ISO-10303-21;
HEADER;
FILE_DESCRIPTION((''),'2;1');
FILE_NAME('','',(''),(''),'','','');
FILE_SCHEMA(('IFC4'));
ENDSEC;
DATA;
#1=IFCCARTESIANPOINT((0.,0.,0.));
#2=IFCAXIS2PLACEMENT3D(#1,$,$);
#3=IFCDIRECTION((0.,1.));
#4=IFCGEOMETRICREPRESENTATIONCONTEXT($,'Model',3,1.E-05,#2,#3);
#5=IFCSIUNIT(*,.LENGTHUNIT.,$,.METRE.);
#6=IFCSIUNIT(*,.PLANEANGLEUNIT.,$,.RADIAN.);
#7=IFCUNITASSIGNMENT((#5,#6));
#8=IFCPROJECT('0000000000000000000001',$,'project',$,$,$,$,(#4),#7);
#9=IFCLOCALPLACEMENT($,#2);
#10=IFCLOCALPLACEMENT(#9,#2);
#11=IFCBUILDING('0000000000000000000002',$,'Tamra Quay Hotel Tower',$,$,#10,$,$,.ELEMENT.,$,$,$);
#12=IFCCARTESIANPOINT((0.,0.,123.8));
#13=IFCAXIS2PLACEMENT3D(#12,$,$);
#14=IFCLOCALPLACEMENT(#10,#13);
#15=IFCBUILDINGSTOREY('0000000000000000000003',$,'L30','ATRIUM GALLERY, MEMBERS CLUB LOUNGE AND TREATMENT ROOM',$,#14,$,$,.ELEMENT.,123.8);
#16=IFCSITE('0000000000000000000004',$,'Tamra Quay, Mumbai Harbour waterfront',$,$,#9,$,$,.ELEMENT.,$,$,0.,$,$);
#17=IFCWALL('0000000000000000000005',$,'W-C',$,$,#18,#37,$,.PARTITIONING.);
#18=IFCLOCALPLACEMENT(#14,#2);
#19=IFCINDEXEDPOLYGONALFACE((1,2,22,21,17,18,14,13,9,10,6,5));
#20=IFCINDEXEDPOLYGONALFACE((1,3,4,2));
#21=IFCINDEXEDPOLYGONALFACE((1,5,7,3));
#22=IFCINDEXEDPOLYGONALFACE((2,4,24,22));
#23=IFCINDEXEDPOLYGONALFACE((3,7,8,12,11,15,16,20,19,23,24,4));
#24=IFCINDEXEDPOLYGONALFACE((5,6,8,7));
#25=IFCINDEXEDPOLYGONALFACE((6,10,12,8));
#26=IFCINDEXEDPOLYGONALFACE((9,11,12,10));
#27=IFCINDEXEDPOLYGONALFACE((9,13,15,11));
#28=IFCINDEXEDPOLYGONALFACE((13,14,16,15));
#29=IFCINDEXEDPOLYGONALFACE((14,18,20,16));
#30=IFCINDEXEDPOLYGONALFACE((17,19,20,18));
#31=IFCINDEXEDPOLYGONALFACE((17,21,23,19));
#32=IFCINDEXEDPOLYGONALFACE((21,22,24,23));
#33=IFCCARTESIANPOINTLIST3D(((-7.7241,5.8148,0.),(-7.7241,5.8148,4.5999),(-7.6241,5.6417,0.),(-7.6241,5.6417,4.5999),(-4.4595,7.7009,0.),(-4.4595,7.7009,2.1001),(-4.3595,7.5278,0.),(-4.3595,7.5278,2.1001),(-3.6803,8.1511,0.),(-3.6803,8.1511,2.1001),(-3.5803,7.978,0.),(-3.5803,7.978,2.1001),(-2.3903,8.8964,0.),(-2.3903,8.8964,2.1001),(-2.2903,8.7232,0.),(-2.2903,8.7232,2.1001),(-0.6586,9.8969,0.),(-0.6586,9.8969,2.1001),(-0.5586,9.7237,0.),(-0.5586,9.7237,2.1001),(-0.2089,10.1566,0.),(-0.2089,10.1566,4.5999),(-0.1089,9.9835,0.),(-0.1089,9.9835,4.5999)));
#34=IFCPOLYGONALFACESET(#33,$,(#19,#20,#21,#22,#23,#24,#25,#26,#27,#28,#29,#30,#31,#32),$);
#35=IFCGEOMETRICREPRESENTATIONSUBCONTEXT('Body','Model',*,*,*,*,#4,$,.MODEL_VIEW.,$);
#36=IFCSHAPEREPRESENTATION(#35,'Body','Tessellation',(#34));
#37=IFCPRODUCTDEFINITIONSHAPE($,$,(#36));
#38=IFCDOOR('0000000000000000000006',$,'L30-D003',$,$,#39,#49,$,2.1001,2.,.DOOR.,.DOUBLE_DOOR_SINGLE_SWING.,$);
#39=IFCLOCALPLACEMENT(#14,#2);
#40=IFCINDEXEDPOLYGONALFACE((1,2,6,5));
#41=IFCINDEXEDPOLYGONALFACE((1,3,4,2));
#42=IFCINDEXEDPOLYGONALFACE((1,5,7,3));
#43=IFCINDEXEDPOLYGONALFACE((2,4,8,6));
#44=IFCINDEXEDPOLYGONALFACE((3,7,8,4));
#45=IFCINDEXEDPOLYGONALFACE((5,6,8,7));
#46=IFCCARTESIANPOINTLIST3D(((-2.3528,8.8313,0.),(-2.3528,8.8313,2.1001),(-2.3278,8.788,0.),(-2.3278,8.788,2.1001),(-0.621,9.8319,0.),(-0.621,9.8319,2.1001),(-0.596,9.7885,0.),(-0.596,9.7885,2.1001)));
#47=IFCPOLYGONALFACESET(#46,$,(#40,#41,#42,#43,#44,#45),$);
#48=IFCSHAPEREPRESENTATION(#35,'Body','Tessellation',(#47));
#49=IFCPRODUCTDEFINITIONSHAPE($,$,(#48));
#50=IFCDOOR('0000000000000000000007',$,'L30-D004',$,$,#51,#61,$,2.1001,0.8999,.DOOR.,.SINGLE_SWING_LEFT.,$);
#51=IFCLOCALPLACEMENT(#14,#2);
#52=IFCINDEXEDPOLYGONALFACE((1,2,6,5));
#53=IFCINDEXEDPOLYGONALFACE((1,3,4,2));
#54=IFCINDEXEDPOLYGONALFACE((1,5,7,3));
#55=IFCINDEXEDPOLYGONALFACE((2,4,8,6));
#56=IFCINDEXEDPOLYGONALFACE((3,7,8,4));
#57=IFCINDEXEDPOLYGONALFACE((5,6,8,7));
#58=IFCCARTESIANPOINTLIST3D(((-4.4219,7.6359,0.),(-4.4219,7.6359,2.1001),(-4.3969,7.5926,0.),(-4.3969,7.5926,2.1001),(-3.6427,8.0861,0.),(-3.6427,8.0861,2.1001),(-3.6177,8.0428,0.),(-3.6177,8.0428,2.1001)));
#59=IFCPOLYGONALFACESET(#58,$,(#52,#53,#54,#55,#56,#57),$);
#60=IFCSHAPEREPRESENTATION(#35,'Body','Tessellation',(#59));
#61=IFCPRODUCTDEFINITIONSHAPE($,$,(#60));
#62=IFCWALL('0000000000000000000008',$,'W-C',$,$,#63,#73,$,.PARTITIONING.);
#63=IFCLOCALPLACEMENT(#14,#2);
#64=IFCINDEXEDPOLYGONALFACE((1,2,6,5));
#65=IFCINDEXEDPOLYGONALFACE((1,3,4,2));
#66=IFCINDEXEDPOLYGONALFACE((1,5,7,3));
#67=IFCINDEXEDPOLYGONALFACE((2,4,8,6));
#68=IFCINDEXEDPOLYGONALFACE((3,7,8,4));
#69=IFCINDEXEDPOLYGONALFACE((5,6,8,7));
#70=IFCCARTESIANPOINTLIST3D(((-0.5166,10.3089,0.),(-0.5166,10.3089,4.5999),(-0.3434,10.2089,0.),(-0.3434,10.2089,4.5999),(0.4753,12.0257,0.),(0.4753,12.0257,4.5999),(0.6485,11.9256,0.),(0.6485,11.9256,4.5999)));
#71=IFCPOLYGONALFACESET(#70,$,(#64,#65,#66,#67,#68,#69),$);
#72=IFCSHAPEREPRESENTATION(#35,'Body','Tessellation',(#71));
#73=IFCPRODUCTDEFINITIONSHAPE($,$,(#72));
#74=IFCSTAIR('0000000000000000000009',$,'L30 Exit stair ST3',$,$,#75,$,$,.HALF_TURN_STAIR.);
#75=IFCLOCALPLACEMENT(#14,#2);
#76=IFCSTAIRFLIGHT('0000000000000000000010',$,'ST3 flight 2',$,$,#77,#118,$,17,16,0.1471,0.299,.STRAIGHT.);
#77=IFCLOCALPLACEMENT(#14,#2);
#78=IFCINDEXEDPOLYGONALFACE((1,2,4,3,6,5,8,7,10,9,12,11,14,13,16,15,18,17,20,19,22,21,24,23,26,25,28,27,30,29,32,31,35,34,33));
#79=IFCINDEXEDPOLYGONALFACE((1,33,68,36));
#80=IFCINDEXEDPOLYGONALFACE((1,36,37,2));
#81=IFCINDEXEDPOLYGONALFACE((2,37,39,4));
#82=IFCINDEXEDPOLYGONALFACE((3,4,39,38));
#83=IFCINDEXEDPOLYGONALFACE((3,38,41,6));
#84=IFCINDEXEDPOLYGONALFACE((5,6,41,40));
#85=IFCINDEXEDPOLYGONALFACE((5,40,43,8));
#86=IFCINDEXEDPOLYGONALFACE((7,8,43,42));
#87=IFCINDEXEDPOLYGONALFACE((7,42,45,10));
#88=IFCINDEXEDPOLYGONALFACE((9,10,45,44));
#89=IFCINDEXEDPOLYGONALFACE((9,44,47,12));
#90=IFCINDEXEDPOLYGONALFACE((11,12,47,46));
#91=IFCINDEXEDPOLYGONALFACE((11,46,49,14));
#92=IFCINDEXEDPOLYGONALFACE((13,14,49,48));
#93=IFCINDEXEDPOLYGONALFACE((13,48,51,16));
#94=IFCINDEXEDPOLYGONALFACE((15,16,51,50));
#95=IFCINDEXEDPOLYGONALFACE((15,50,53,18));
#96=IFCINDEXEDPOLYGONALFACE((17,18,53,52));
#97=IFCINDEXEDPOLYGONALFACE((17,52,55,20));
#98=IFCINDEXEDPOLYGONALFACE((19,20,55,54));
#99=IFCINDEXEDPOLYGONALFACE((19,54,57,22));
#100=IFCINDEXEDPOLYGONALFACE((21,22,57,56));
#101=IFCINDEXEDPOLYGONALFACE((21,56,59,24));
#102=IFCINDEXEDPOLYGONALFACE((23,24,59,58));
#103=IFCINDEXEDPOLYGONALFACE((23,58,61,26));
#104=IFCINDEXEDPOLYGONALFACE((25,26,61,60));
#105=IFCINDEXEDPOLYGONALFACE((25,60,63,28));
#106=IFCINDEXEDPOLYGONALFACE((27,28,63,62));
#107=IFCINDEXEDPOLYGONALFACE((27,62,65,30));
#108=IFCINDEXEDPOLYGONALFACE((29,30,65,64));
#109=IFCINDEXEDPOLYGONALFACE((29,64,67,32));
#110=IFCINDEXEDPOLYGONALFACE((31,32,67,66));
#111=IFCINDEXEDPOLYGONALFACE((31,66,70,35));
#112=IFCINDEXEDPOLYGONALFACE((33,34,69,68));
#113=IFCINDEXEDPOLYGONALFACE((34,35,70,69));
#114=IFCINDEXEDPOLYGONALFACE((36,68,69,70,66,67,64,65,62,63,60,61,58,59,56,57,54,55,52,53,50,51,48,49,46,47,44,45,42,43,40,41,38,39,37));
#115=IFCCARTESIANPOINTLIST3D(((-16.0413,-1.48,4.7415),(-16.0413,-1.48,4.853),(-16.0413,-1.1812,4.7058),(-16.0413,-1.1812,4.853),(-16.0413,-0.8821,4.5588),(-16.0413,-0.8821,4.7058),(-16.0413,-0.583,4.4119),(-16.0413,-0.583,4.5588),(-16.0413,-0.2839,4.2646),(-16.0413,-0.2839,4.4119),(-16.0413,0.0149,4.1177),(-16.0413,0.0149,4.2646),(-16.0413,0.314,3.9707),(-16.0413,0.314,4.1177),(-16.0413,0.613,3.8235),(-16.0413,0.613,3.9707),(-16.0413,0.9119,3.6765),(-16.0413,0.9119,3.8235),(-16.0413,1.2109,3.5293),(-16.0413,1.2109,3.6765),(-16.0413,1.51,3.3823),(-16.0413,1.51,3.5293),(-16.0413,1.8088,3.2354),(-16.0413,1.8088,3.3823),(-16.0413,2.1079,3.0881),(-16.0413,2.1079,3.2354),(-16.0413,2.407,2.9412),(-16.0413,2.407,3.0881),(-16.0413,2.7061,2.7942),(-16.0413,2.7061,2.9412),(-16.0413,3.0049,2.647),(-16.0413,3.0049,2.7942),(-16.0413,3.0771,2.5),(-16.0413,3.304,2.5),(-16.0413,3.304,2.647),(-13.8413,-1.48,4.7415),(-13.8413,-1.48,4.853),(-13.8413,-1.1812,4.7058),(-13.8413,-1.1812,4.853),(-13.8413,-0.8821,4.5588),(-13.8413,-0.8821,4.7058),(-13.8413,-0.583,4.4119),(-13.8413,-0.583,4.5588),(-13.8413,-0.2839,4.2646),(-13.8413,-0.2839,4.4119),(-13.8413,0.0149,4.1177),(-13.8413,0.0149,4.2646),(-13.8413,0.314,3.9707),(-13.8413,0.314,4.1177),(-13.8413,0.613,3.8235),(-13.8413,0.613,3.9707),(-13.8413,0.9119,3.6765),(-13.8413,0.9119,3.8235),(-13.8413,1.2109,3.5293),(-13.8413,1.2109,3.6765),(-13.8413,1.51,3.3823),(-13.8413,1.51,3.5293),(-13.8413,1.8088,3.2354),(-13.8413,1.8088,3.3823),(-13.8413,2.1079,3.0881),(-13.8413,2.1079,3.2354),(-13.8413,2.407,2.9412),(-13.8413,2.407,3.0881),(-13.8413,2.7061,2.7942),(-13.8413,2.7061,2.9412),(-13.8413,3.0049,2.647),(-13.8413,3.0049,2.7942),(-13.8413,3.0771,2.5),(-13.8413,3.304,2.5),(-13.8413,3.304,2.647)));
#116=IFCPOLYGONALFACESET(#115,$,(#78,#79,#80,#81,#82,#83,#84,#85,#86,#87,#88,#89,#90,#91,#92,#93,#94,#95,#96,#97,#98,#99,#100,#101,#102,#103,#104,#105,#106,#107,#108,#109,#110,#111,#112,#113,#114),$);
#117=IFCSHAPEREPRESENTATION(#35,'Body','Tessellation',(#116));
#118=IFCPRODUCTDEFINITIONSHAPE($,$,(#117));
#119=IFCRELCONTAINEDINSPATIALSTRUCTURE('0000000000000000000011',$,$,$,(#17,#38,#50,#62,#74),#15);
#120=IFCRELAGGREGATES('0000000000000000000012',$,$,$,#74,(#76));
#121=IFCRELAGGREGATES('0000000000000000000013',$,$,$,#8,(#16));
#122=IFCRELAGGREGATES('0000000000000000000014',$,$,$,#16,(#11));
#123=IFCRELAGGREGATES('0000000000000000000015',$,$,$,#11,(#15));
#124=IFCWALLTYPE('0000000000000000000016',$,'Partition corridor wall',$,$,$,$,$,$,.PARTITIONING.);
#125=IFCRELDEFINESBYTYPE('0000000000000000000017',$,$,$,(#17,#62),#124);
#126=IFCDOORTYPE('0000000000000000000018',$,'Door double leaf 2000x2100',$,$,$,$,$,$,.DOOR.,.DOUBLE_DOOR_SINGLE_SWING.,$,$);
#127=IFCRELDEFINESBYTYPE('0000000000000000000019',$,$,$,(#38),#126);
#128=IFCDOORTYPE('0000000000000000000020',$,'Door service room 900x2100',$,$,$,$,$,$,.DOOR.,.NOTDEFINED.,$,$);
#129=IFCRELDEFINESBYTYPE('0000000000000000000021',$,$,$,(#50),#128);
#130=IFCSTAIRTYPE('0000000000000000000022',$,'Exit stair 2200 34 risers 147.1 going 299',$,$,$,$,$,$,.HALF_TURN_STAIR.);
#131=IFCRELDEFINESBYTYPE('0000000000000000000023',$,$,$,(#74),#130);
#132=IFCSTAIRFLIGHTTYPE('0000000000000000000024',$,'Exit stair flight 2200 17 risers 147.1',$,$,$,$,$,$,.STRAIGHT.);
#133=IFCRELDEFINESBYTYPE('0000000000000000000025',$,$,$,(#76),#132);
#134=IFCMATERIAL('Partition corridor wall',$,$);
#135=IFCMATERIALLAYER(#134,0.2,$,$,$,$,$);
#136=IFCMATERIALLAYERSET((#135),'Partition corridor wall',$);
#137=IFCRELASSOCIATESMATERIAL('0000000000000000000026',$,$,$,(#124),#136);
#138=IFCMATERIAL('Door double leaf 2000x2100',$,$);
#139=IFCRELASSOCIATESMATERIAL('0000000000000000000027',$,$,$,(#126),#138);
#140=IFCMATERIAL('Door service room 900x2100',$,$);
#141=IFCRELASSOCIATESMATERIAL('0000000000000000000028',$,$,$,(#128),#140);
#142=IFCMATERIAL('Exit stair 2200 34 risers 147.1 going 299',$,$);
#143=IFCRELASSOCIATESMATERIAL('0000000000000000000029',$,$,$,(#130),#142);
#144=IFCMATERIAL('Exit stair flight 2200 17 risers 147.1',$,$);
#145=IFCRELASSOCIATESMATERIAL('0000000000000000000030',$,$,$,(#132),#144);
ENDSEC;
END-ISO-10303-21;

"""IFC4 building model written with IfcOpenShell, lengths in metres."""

from ifc_helpers import new_model, si_unit, direction, frame, frame_2d, origin, place, context, subcontext, project, spatial, polyline, rectangle, outline, extrude, material, layer, layer_set, type_object, element, fill, aggregate, save


model = new_model("IFC4")

# Units and contexts
model_context = context("Model", 3, precision=1e-05, world=origin(), true_north=direction((0.0, 1.0)))
body_context = subcontext(model_context, "Body", "Model", "MODEL_VIEW")
ifc_project = project(units=[si_unit("LENGTHUNIT", "METRE"), si_unit("PLANEANGLEUNIT", "RADIAN")], contexts=[model_context])

# Site, building, storey
site_placement = place(None, origin())
site = spatial("IfcSite", under=ifc_project, at=site_placement, Name="Tamra Quay, Mumbai Harbour waterfront", CompositionType="ELEMENT", RefElevation=0.0)
building_placement = place(site_placement, origin())
building = spatial("IfcBuilding", under=site, at=building_placement, Name="Tamra Quay Hotel Tower", CompositionType="ELEMENT")
storey_placement = place(building_placement, frame((0.0, 0.0, 123.8)))
storey = spatial("IfcBuildingStorey", under=building, at=storey_placement, Name="L30", Description="ATRIUM GALLERY, MEMBERS CLUB LOUNGE AND TREATMENT ROOM", CompositionType="ELEMENT", Elevation=123.8)

# Shared definitions
ifc_material_1 = material(Name="Partition corridor wall")
ifc_layer_1 = layer(ifc_material_1, 0.2)
ifc_layer_set_1 = layer_set([ifc_layer_1], Name="Partition corridor wall")
wall_type_1 = type_object("IfcWallType", Name="Partition corridor wall", PredefinedType="PARTITIONING", material=ifc_layer_set_1)

# Wall, openings, doors
wall_1_placement = place(storey_placement, frame((-7.6741, 5.7283, 0.0), z_axis=(0.0, 0.0, 1.0), x_axis=(0.865879, 0.500253, 0.0)))
wall_1 = element("IfcWall", 1, at=wall_1_placement, inside=storey, type_object=wall_type_1, Name="W-C", PredefinedType="PARTITIONING", context=body_context, shape_type="SweptSolid", body=[
    extrude(rectangle(XDim=8.6792, YDim=0.2, at=frame_2d((4.3396, 0.0))), origin(), (0.0, 0.0, 1.0), 4.5999),
])
opening_1_placement = place(wall_1_placement, frame((6.1599, 0.0, 0.0)))
opening_1 = element("IfcOpeningElement", 2, at=opening_1_placement, cuts=wall_1, PredefinedType="OPENING", context=body_context, shape_type="SweptSolid", body=[
    extrude(rectangle(XDim=2.0, YDim=2.1001, at=frame_2d((1.0, 1.05))), frame((0.0, 0.1099, 0.0), z_axis=(0.0, -1.0, 0.0), x_axis=(1.0, 0.0, 0.0)), (0.0, 0.0, 1.0), 0.22),
])
opening_2_placement = place(wall_1_placement, frame((3.7703, 0.0, 0.0)))
opening_2 = element("IfcOpeningElement", 3, at=opening_2_placement, cuts=wall_1, PredefinedType="OPENING", context=body_context, shape_type="SweptSolid", body=[
    extrude(rectangle(XDim=0.8999, YDim=2.1001, at=frame_2d((0.45, 1.05))), frame((0.0, 0.1099, 0.0), z_axis=(0.0, -1.0, 0.0), x_axis=(1.0, 0.0, 0.0)), (0.0, 0.0, 1.0), 0.22),
])
ifc_material_2 = material(Name="Door double leaf 2000x2100")
door_type_1 = type_object("IfcDoorType", Name="Door double leaf 2000x2100", OperationType="DOUBLE_DOOR_SINGLE_SWING", PredefinedType="DOOR", material=ifc_material_2)
door_1_placement = place(opening_1_placement, origin())
door_1 = element("IfcDoor", 4, at=door_1_placement, inside=storey, type_object=door_type_1, Name="L30-D003", OperationType="DOUBLE_DOOR_SINGLE_SWING", OverallHeight=2.1001, OverallWidth=2.0, PredefinedType="DOOR", context=body_context, shape_type="SweptSolid", body=[
    extrude(rectangle(XDim=2.0, YDim=2.1001, at=frame_2d((1.0, 1.05))), frame((0.0, 0.0249, 0.0), z_axis=(0.0, -1.0, 0.0), x_axis=(1.0, 0.0, 0.0)), (0.0, 0.0, 1.0), 0.05),
])
fill(opening_1, door_1)
ifc_material_3 = material(Name="Door service room 900x2100")
door_type_2 = type_object("IfcDoorType", Name="Door service room 900x2100", OperationType="NOTDEFINED", PredefinedType="DOOR", material=ifc_material_3)
door_2_placement = place(opening_2_placement, origin())
door_2 = element("IfcDoor", 5, at=door_2_placement, inside=storey, type_object=door_type_2, Name="L30-D004", OperationType="SINGLE_SWING_LEFT", OverallHeight=2.1001, OverallWidth=0.8999, PredefinedType="DOOR", context=body_context, shape_type="SweptSolid", body=[
    extrude(rectangle(XDim=0.8999, YDim=2.1001, at=frame_2d((0.45, 1.05))), frame((0.0, 0.0249, 0.0), z_axis=(0.0, -1.0, 0.0), x_axis=(1.0, 0.0, 0.0)), (0.0, 0.0, 1.0), 0.05),
])
fill(opening_2, door_2)

# Wall
wall_2_placement = place(storey_placement, frame((-0.4299, 10.259, 0.0), z_axis=(0.0, 0.0, 1.0), x_axis=(0.500284, 0.865862, 0.0)))
element("IfcWall", 6, at=wall_2_placement, inside=storey, type_object=wall_type_1, Name="W-C", PredefinedType="PARTITIONING", context=body_context, shape_type="SweptSolid", body=[
    extrude(rectangle(XDim=1.9827, YDim=0.2, at=frame_2d((0.9912, 0.0))), origin(), (0.0, 0.0, 1.0), 4.5999),
])

# Stair, stair flight
ifc_material_4 = material(Name="Exit stair 2200 34 risers 147.1 going 299")
stair_type = type_object("IfcStairType", Name="Exit stair 2200 34 risers 147.1 going 299", PredefinedType="HALF_TURN_STAIR", material=ifc_material_4)
stair_placement = place(storey_placement, origin())
stair = element("IfcStair", 7, at=stair_placement, inside=storey, type_object=stair_type, Name="L30 Exit stair ST3", PredefinedType="HALF_TURN_STAIR")
ifc_material_5 = material(Name="Exit stair flight 2200 17 risers 147.1")
stair_flight_type = type_object("IfcStairFlightType", Name="Exit stair flight 2200 17 risers 147.1", PredefinedType="STRAIGHT", material=ifc_material_5)
stair_flight_placement = place(storey_placement, frame((-14.9414, 3.304, 2.5), z_axis=(0.0, 0.0, 1.0), x_axis=(0.0, -1.0, 0.0)))
stair_flight = element("IfcStairFlight", 8, at=stair_flight_placement, type_object=stair_flight_type, Name="ST3 flight 2", NumberOfRisers=17, NumberOfTreads=16, PredefinedType="STRAIGHT", RiserHeight=0.1471, TreadLength=0.299, context=body_context, shape_type="SweptSolid", body=[
    extrude(outline(polyline([(0.0, 0.0), (0.0, 0.147), (0.2991, 0.147), (0.2991, 0.2942), (0.5979, 0.2942), (0.5979, 0.4412), (0.897, 0.4412), (0.897, 0.5881), (1.196, 0.5881), (1.196, 0.7354), (1.4951, 0.7354), (1.4951, 0.8823), (1.7939, 0.8823), (1.7939, 1.0293), (2.093, 1.0293), (2.093, 1.1765), (2.3921, 1.1765), (2.3921, 1.3235), (2.6909, 1.3235), (2.6909, 1.4707), (2.99, 1.4707), (2.99, 1.6177), (3.2891, 1.6177), (3.2891, 1.7646), (3.5879, 1.7646), (3.5879, 1.9119), (3.887, 1.9119), (3.887, 2.0588), (4.186, 2.0588), (4.186, 2.2058), (4.4851, 2.2058), (4.4851, 2.353), (4.7839, 2.353), (4.7839, 2.5), (4.7839, 2.2415), (0.2268, 0.0), (0.0, 0.0)])), frame((0.0, 1.1001, 0.0), z_axis=(0.0, -1.0, 0.0), x_axis=(1.0, 0.0, 0.0)), (0.0, 0.0, 1.0), 2.2),
])
aggregate(stair, [stair_flight])

save(model, "model.ifc")
